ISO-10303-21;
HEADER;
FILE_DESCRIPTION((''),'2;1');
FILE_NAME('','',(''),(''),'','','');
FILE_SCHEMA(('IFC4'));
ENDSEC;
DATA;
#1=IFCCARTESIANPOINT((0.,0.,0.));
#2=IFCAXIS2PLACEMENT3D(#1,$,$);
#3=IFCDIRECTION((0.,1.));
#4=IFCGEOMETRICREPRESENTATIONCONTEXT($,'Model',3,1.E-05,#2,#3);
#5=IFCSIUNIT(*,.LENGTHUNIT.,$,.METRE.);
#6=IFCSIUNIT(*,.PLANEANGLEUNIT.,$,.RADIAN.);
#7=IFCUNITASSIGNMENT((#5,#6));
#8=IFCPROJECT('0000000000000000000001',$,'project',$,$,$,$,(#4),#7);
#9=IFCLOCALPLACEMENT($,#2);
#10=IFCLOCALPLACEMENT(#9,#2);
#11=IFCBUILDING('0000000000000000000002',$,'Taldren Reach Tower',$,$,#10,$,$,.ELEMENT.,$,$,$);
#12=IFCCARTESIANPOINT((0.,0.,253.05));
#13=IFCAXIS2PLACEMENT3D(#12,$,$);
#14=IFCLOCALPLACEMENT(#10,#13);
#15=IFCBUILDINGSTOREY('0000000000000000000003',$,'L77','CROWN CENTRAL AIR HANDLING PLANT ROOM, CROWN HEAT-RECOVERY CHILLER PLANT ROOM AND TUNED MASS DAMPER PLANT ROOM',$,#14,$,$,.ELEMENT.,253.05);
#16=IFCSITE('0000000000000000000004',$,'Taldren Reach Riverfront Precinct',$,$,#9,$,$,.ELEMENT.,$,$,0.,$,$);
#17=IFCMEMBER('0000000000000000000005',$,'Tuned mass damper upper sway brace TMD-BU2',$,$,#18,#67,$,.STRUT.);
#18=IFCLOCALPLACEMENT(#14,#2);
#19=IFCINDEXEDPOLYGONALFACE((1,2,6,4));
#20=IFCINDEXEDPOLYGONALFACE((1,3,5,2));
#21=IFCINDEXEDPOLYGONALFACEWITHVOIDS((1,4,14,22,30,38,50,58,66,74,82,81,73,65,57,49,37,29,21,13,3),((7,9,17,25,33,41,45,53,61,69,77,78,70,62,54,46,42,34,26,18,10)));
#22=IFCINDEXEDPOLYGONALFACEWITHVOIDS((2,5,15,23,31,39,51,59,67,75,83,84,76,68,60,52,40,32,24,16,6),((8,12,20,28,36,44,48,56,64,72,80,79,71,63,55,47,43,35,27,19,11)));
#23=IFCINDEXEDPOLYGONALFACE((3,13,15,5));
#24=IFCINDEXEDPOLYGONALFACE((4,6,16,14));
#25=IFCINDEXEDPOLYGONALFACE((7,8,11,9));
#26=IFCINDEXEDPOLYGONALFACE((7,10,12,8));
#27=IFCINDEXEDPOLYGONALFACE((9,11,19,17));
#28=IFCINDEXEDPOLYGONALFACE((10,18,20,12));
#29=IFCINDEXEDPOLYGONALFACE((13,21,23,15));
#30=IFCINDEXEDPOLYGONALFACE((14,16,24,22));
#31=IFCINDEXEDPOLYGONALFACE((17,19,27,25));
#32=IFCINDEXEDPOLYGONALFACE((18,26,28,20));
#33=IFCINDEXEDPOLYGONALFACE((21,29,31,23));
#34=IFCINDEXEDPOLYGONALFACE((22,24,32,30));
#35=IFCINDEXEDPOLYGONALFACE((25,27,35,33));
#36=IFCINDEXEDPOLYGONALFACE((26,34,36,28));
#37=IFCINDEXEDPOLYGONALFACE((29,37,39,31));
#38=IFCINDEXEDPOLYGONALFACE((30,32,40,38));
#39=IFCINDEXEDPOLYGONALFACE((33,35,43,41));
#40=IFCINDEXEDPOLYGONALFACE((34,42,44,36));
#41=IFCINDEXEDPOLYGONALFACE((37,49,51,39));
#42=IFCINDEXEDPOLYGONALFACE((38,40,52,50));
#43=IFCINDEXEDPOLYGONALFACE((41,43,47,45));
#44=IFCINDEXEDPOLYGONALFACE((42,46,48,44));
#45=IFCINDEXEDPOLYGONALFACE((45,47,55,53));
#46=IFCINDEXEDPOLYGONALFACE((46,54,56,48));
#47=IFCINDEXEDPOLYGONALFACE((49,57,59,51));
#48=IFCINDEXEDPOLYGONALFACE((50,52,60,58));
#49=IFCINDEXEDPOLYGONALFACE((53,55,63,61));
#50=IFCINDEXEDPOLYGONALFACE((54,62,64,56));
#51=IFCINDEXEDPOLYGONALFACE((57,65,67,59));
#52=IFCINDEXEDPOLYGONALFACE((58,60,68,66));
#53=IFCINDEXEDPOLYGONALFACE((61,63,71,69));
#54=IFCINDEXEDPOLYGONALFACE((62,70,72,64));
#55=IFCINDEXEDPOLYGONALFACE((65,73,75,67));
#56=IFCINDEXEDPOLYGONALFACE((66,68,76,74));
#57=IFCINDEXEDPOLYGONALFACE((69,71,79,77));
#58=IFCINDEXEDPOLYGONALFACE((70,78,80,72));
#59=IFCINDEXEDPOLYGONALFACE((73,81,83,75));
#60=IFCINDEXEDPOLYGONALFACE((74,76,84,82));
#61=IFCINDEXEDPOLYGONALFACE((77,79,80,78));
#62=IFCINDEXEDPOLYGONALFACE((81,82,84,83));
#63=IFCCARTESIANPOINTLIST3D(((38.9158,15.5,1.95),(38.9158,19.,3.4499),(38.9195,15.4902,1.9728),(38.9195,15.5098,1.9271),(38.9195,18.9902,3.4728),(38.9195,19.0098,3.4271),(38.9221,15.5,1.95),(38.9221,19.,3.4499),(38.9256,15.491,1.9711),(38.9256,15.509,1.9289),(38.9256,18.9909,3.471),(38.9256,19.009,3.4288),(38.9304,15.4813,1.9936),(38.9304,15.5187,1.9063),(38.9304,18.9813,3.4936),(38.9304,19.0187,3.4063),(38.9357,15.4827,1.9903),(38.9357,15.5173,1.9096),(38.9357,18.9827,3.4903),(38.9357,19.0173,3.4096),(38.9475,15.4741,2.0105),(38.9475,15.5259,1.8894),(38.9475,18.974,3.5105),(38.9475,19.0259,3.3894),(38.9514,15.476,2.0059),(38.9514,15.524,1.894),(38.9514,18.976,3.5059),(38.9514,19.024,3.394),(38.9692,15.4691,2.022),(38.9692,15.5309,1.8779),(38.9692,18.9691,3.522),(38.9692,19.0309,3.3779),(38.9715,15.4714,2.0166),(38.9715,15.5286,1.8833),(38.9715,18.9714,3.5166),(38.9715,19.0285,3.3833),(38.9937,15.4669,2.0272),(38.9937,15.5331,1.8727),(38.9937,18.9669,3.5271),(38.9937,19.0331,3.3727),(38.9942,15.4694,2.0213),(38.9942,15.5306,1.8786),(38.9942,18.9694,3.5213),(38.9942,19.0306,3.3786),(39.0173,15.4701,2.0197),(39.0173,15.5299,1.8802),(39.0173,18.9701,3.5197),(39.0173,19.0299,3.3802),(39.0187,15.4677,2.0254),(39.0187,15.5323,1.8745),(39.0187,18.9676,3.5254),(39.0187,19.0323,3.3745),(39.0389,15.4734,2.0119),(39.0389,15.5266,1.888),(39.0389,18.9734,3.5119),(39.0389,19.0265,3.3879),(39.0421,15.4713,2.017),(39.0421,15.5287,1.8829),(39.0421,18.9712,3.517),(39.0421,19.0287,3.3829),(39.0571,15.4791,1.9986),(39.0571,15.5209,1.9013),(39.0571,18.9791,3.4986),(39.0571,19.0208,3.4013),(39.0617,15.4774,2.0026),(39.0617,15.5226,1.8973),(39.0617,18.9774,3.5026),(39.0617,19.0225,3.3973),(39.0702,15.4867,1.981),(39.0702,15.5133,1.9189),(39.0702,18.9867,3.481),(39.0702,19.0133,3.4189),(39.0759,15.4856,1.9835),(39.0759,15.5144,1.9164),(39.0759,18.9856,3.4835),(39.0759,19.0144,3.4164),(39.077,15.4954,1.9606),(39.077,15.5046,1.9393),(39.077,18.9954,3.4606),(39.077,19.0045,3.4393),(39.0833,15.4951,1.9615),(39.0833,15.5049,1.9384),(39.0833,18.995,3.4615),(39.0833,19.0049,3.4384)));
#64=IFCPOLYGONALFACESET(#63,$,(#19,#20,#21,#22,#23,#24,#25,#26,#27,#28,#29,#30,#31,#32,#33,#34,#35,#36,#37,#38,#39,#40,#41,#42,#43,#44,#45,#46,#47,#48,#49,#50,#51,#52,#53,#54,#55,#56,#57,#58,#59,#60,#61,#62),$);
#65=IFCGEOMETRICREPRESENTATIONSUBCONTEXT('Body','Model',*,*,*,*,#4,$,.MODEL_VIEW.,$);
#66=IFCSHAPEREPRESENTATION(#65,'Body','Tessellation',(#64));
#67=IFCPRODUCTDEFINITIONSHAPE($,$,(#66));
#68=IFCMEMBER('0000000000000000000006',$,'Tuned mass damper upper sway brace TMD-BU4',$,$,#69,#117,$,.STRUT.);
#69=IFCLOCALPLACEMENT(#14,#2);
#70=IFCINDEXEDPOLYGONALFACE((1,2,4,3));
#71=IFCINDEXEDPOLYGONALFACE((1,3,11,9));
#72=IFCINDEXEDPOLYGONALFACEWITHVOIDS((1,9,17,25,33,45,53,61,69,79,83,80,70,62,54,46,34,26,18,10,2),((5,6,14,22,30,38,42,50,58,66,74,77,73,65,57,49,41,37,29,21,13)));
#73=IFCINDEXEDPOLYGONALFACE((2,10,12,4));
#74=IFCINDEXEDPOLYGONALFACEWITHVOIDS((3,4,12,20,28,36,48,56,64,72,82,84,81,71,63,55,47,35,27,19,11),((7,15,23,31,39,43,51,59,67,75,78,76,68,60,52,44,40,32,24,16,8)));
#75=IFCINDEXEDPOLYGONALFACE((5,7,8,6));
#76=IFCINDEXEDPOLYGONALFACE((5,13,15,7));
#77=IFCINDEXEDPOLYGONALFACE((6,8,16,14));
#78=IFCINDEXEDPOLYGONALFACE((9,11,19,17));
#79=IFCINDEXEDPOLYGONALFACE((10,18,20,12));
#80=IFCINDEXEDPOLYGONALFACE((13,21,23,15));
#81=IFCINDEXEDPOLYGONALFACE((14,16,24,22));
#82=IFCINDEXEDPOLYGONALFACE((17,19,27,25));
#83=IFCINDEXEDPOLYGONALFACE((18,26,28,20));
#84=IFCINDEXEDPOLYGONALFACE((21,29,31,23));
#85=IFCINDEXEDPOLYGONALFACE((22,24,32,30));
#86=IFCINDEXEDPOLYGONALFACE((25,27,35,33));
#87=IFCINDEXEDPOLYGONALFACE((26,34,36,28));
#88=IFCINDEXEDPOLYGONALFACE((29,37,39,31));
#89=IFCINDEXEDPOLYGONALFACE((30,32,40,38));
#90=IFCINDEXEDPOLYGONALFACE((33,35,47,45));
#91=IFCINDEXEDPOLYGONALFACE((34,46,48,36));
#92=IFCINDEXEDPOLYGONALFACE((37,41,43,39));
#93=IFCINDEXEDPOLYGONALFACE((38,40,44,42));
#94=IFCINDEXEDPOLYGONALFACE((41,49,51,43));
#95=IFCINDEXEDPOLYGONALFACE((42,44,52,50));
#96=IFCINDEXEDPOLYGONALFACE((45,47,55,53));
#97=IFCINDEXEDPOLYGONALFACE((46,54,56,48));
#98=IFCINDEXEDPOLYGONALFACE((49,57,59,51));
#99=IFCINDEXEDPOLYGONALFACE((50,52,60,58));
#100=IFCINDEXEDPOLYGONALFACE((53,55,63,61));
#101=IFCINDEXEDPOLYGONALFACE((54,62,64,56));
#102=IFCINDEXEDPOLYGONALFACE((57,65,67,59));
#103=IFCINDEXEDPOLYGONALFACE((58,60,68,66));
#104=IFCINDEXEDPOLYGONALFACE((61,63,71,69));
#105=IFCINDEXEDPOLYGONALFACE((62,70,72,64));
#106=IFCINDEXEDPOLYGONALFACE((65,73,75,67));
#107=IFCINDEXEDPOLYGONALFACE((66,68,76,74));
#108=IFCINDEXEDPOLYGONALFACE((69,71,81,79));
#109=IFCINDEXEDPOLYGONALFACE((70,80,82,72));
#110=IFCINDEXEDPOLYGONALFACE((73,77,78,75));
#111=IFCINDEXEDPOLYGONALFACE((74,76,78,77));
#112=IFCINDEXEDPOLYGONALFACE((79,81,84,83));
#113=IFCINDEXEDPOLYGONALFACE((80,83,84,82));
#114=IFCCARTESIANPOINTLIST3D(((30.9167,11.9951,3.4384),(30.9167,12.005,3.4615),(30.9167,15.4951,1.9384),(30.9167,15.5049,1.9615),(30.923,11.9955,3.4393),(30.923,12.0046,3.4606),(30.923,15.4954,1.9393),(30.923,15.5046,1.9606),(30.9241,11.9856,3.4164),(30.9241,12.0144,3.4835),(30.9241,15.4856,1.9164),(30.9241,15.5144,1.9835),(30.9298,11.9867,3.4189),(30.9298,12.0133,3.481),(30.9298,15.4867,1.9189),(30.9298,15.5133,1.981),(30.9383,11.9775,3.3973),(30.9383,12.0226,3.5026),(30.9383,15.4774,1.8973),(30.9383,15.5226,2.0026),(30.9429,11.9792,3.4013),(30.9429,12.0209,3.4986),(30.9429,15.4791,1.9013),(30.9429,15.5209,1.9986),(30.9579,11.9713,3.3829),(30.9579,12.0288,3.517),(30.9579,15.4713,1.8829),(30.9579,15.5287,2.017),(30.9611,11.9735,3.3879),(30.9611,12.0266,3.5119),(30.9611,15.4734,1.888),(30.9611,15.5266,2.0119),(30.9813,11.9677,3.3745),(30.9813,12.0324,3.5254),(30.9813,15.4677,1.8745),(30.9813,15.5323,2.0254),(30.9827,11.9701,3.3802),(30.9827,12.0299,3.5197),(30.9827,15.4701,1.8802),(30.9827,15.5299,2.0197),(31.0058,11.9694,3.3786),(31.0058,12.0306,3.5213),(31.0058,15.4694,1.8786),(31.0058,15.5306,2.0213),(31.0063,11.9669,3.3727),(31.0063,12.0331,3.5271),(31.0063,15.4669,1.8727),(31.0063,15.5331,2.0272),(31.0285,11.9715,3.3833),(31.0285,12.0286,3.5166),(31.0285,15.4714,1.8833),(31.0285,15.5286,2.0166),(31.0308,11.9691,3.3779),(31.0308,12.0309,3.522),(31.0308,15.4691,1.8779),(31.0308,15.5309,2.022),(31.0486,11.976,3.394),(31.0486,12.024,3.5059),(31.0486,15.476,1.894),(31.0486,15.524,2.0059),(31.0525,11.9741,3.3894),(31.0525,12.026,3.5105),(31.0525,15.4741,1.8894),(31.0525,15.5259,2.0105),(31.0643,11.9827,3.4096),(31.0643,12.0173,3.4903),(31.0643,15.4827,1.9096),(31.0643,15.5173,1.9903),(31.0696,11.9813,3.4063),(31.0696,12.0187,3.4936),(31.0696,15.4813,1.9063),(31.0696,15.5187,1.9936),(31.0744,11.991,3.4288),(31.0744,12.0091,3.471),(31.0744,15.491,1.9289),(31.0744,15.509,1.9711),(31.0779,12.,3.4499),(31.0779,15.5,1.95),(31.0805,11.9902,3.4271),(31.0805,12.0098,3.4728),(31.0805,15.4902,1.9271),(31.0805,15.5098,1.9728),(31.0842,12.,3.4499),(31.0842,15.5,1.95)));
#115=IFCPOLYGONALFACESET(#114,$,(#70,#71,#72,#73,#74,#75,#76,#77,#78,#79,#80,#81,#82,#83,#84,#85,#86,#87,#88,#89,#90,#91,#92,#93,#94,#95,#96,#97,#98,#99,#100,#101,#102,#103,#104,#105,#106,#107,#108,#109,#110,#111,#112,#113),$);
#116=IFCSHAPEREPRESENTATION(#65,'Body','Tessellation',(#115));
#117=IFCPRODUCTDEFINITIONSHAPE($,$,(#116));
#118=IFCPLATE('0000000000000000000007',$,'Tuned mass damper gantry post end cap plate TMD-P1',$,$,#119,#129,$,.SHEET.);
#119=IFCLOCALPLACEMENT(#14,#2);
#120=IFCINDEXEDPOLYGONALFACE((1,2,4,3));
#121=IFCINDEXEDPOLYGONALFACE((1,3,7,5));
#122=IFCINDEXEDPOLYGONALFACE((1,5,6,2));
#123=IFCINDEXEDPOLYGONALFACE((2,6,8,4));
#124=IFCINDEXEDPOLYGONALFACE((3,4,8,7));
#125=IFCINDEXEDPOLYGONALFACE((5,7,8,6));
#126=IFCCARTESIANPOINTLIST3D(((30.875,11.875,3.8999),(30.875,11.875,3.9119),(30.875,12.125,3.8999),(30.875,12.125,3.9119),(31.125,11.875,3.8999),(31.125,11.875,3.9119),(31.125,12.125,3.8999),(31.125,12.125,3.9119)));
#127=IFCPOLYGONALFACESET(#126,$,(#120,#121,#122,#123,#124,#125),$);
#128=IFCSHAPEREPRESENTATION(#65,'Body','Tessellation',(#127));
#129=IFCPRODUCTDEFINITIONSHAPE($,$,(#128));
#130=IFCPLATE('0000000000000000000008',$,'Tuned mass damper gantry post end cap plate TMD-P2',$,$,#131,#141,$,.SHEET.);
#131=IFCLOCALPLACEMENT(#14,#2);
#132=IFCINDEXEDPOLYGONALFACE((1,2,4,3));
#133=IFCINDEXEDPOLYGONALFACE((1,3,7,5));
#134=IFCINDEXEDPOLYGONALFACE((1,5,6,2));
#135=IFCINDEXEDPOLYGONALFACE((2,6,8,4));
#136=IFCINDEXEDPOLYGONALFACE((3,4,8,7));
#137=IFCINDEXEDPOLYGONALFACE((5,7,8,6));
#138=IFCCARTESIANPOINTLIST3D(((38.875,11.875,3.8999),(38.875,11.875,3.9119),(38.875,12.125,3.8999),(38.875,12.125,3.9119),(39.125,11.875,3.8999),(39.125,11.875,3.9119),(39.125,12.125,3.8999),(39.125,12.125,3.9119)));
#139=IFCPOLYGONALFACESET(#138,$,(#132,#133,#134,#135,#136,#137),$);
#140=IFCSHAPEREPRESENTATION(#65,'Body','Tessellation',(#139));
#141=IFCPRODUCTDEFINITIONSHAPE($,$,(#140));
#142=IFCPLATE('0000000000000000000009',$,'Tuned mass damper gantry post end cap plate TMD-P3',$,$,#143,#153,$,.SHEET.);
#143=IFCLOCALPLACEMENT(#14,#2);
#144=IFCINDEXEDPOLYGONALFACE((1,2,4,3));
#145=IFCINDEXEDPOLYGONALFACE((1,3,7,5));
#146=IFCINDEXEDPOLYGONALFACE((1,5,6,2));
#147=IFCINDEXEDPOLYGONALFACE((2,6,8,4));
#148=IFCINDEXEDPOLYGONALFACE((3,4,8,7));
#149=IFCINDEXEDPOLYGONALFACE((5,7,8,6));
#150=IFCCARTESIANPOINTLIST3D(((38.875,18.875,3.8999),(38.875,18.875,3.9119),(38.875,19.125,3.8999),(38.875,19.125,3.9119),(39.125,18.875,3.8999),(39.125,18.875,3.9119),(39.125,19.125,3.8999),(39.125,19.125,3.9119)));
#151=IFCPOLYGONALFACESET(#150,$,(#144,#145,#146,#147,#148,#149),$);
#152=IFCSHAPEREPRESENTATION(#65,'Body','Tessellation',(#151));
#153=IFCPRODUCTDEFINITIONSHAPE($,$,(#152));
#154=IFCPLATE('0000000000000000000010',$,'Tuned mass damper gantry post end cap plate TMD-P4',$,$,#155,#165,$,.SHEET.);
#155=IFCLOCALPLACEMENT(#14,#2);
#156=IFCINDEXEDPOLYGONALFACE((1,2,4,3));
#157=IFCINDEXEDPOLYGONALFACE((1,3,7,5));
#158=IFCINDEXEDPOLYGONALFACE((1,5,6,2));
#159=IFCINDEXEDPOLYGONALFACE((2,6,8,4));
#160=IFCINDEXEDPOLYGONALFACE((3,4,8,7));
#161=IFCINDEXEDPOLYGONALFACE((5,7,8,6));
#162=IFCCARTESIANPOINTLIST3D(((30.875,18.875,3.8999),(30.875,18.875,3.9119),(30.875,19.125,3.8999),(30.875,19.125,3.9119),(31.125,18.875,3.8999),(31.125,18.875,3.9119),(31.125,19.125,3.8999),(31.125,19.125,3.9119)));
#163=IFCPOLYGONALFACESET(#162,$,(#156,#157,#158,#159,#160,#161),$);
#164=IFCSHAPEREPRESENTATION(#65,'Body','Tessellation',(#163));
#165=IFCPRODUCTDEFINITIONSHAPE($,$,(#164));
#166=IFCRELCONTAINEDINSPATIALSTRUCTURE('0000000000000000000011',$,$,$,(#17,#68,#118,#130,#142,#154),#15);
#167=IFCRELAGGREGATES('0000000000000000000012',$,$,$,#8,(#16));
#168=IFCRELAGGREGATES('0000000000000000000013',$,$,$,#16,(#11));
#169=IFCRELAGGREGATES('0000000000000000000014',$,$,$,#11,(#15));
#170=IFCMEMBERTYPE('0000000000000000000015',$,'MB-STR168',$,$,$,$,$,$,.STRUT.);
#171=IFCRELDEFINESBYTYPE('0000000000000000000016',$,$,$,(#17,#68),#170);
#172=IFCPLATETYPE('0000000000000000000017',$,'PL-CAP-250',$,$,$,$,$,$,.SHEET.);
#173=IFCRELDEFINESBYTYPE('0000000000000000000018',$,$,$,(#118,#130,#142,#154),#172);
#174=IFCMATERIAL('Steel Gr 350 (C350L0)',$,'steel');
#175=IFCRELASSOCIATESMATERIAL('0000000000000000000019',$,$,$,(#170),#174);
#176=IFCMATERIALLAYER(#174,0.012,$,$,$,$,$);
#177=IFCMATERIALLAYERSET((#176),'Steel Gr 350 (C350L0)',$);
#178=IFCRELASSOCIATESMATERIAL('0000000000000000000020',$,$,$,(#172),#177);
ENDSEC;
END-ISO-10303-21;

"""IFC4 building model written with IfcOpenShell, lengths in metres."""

from ifc_helpers import new_model, si_unit, direction, frame, origin, origin_2d, place, context, subcontext, project, spatial, rectangle, hollow_circle, extrude, source, transform, mapped, material, layer, layer_set, material_profile, profile_set, type_object, element, save


model = new_model("IFC4")

# Units and contexts
model_context = context("Model", 3, precision=1e-05, world=origin(), true_north=direction((0.0, 1.0)))
body_context = subcontext(model_context, "Body", "Model", "MODEL_VIEW")
ifc_project = project(units=[si_unit("LENGTHUNIT", "METRE"), si_unit("PLANEANGLEUNIT", "RADIAN")], contexts=[model_context])

# Site, building, storey
site_placement = place(None, origin())
site = spatial("IfcSite", under=ifc_project, at=site_placement, Name="Taldren Reach Riverfront Precinct", CompositionType="ELEMENT", RefElevation=0.0)
building_placement = place(site_placement, origin())
building = spatial("IfcBuilding", under=site, at=building_placement, Name="Taldren Reach Tower", CompositionType="ELEMENT")
storey_placement = place(building_placement, frame((0.0, 0.0, 253.05)))
storey = spatial("IfcBuildingStorey", under=building, at=storey_placement, Name="L77", Description="CROWN CENTRAL AIR HANDLING PLANT ROOM, CROWN HEAT-RECOVERY CHILLER PLANT ROOM AND TUNED MASS DAMPER PLANT ROOM", CompositionType="ELEMENT", Elevation=253.05)

# Shared definitions
ifc_material_1 = material(Name="Steel Gr 350 (C350L0)", Category="steel")

# Shared definitions
ifc_material_profile_1 = material_profile(ifc_material_1, hollow_circle(Radius=0.0842, WallThickness=0.0063, at=origin_2d()), Name="168x6.4CHS")
ifc_profile_set_1 = profile_set([ifc_material_profile_1], Name="Steel Gr 350 (C350L0)")
member_type_1 = type_object("IfcMemberType", Name="MB-STR168", PredefinedType="STRUT", material=ifc_profile_set_1)

# Members
shared_shape_1 = source(origin(), body_context, "Body", "SweptSolid", [
    extrude(hollow_circle(Radius=0.0842, WallThickness=0.0063, at=origin_2d()), origin(), (0.0, 0.0, 1.0), 3.8079),
])
for number, where, z_axis, x_axis, name in (
    (1, (39.0, 15.5, 1.95), (0.0, 0.919145, 0.393919), (-1.0, 0.0, 0.0), "Tuned mass damper upper sway brace TMD-BU2"),
    (2, (31.0, 15.5, 1.95), (0.0, -0.919145, 0.393919), (1.0, 0.0, 0.0), "Tuned mass damper upper sway brace TMD-BU4"),
):
    element("IfcMember", number, at=place(storey_placement, frame(where, z_axis=z_axis, x_axis=x_axis)), inside=storey, type_object=member_type_1, Name=name, PredefinedType="STRUT", context=body_context, shape_type="MappedRepresentation", body=[
        mapped(shared_shape_1, transform((0.0, 0.0, 0.0), scale=1.0)),
    ])

# Plates
ifc_layer = layer(ifc_material_1, 0.012)
ifc_layer_set = layer_set([ifc_layer], Name="Steel Gr 350 (C350L0)")
plate_type = type_object("IfcPlateType", Name="PL-CAP-250", PredefinedType="SHEET", material=ifc_layer_set)
shared_shape_2 = source(origin(), body_context, "Body", "SweptSolid", [
    extrude(rectangle(XDim=0.25, YDim=0.25, at=origin_2d()), origin(), (0.0, 0.0, 1.0), 0.012),
])
for number, where, z_axis, x_axis, name in (
    (3, (31.0, 12.0, 3.8999), (0.0, 0.0, 1.0), (1.0, 0.0, 0.0), "Tuned mass damper gantry post end cap plate TMD-P1"),
    (4, (39.0, 12.0, 3.8999), (0.0, 0.0, 1.0), (1.0, 0.0, 0.0), "Tuned mass damper gantry post end cap plate TMD-P2"),
    (5, (39.0, 19.0, 3.8999), (0.0, 0.0, 1.0), (1.0, 0.0, 0.0), "Tuned mass damper gantry post end cap plate TMD-P3"),
    (6, (31.0, 19.0, 3.8999), (0.0, 0.0, 1.0), (1.0, 0.0, 0.0), "Tuned mass damper gantry post end cap plate TMD-P4"),
):
    element("IfcPlate", number, at=place(storey_placement, frame(where, z_axis=z_axis, x_axis=x_axis)), inside=storey, type_object=plate_type, Name=name, PredefinedType="SHEET", context=body_context, shape_type="MappedRepresentation", body=[
        mapped(shared_shape_2, transform((0.0, 0.0, 0.0), scale=1.0)),
    ])

save(model, "model.ifc")
